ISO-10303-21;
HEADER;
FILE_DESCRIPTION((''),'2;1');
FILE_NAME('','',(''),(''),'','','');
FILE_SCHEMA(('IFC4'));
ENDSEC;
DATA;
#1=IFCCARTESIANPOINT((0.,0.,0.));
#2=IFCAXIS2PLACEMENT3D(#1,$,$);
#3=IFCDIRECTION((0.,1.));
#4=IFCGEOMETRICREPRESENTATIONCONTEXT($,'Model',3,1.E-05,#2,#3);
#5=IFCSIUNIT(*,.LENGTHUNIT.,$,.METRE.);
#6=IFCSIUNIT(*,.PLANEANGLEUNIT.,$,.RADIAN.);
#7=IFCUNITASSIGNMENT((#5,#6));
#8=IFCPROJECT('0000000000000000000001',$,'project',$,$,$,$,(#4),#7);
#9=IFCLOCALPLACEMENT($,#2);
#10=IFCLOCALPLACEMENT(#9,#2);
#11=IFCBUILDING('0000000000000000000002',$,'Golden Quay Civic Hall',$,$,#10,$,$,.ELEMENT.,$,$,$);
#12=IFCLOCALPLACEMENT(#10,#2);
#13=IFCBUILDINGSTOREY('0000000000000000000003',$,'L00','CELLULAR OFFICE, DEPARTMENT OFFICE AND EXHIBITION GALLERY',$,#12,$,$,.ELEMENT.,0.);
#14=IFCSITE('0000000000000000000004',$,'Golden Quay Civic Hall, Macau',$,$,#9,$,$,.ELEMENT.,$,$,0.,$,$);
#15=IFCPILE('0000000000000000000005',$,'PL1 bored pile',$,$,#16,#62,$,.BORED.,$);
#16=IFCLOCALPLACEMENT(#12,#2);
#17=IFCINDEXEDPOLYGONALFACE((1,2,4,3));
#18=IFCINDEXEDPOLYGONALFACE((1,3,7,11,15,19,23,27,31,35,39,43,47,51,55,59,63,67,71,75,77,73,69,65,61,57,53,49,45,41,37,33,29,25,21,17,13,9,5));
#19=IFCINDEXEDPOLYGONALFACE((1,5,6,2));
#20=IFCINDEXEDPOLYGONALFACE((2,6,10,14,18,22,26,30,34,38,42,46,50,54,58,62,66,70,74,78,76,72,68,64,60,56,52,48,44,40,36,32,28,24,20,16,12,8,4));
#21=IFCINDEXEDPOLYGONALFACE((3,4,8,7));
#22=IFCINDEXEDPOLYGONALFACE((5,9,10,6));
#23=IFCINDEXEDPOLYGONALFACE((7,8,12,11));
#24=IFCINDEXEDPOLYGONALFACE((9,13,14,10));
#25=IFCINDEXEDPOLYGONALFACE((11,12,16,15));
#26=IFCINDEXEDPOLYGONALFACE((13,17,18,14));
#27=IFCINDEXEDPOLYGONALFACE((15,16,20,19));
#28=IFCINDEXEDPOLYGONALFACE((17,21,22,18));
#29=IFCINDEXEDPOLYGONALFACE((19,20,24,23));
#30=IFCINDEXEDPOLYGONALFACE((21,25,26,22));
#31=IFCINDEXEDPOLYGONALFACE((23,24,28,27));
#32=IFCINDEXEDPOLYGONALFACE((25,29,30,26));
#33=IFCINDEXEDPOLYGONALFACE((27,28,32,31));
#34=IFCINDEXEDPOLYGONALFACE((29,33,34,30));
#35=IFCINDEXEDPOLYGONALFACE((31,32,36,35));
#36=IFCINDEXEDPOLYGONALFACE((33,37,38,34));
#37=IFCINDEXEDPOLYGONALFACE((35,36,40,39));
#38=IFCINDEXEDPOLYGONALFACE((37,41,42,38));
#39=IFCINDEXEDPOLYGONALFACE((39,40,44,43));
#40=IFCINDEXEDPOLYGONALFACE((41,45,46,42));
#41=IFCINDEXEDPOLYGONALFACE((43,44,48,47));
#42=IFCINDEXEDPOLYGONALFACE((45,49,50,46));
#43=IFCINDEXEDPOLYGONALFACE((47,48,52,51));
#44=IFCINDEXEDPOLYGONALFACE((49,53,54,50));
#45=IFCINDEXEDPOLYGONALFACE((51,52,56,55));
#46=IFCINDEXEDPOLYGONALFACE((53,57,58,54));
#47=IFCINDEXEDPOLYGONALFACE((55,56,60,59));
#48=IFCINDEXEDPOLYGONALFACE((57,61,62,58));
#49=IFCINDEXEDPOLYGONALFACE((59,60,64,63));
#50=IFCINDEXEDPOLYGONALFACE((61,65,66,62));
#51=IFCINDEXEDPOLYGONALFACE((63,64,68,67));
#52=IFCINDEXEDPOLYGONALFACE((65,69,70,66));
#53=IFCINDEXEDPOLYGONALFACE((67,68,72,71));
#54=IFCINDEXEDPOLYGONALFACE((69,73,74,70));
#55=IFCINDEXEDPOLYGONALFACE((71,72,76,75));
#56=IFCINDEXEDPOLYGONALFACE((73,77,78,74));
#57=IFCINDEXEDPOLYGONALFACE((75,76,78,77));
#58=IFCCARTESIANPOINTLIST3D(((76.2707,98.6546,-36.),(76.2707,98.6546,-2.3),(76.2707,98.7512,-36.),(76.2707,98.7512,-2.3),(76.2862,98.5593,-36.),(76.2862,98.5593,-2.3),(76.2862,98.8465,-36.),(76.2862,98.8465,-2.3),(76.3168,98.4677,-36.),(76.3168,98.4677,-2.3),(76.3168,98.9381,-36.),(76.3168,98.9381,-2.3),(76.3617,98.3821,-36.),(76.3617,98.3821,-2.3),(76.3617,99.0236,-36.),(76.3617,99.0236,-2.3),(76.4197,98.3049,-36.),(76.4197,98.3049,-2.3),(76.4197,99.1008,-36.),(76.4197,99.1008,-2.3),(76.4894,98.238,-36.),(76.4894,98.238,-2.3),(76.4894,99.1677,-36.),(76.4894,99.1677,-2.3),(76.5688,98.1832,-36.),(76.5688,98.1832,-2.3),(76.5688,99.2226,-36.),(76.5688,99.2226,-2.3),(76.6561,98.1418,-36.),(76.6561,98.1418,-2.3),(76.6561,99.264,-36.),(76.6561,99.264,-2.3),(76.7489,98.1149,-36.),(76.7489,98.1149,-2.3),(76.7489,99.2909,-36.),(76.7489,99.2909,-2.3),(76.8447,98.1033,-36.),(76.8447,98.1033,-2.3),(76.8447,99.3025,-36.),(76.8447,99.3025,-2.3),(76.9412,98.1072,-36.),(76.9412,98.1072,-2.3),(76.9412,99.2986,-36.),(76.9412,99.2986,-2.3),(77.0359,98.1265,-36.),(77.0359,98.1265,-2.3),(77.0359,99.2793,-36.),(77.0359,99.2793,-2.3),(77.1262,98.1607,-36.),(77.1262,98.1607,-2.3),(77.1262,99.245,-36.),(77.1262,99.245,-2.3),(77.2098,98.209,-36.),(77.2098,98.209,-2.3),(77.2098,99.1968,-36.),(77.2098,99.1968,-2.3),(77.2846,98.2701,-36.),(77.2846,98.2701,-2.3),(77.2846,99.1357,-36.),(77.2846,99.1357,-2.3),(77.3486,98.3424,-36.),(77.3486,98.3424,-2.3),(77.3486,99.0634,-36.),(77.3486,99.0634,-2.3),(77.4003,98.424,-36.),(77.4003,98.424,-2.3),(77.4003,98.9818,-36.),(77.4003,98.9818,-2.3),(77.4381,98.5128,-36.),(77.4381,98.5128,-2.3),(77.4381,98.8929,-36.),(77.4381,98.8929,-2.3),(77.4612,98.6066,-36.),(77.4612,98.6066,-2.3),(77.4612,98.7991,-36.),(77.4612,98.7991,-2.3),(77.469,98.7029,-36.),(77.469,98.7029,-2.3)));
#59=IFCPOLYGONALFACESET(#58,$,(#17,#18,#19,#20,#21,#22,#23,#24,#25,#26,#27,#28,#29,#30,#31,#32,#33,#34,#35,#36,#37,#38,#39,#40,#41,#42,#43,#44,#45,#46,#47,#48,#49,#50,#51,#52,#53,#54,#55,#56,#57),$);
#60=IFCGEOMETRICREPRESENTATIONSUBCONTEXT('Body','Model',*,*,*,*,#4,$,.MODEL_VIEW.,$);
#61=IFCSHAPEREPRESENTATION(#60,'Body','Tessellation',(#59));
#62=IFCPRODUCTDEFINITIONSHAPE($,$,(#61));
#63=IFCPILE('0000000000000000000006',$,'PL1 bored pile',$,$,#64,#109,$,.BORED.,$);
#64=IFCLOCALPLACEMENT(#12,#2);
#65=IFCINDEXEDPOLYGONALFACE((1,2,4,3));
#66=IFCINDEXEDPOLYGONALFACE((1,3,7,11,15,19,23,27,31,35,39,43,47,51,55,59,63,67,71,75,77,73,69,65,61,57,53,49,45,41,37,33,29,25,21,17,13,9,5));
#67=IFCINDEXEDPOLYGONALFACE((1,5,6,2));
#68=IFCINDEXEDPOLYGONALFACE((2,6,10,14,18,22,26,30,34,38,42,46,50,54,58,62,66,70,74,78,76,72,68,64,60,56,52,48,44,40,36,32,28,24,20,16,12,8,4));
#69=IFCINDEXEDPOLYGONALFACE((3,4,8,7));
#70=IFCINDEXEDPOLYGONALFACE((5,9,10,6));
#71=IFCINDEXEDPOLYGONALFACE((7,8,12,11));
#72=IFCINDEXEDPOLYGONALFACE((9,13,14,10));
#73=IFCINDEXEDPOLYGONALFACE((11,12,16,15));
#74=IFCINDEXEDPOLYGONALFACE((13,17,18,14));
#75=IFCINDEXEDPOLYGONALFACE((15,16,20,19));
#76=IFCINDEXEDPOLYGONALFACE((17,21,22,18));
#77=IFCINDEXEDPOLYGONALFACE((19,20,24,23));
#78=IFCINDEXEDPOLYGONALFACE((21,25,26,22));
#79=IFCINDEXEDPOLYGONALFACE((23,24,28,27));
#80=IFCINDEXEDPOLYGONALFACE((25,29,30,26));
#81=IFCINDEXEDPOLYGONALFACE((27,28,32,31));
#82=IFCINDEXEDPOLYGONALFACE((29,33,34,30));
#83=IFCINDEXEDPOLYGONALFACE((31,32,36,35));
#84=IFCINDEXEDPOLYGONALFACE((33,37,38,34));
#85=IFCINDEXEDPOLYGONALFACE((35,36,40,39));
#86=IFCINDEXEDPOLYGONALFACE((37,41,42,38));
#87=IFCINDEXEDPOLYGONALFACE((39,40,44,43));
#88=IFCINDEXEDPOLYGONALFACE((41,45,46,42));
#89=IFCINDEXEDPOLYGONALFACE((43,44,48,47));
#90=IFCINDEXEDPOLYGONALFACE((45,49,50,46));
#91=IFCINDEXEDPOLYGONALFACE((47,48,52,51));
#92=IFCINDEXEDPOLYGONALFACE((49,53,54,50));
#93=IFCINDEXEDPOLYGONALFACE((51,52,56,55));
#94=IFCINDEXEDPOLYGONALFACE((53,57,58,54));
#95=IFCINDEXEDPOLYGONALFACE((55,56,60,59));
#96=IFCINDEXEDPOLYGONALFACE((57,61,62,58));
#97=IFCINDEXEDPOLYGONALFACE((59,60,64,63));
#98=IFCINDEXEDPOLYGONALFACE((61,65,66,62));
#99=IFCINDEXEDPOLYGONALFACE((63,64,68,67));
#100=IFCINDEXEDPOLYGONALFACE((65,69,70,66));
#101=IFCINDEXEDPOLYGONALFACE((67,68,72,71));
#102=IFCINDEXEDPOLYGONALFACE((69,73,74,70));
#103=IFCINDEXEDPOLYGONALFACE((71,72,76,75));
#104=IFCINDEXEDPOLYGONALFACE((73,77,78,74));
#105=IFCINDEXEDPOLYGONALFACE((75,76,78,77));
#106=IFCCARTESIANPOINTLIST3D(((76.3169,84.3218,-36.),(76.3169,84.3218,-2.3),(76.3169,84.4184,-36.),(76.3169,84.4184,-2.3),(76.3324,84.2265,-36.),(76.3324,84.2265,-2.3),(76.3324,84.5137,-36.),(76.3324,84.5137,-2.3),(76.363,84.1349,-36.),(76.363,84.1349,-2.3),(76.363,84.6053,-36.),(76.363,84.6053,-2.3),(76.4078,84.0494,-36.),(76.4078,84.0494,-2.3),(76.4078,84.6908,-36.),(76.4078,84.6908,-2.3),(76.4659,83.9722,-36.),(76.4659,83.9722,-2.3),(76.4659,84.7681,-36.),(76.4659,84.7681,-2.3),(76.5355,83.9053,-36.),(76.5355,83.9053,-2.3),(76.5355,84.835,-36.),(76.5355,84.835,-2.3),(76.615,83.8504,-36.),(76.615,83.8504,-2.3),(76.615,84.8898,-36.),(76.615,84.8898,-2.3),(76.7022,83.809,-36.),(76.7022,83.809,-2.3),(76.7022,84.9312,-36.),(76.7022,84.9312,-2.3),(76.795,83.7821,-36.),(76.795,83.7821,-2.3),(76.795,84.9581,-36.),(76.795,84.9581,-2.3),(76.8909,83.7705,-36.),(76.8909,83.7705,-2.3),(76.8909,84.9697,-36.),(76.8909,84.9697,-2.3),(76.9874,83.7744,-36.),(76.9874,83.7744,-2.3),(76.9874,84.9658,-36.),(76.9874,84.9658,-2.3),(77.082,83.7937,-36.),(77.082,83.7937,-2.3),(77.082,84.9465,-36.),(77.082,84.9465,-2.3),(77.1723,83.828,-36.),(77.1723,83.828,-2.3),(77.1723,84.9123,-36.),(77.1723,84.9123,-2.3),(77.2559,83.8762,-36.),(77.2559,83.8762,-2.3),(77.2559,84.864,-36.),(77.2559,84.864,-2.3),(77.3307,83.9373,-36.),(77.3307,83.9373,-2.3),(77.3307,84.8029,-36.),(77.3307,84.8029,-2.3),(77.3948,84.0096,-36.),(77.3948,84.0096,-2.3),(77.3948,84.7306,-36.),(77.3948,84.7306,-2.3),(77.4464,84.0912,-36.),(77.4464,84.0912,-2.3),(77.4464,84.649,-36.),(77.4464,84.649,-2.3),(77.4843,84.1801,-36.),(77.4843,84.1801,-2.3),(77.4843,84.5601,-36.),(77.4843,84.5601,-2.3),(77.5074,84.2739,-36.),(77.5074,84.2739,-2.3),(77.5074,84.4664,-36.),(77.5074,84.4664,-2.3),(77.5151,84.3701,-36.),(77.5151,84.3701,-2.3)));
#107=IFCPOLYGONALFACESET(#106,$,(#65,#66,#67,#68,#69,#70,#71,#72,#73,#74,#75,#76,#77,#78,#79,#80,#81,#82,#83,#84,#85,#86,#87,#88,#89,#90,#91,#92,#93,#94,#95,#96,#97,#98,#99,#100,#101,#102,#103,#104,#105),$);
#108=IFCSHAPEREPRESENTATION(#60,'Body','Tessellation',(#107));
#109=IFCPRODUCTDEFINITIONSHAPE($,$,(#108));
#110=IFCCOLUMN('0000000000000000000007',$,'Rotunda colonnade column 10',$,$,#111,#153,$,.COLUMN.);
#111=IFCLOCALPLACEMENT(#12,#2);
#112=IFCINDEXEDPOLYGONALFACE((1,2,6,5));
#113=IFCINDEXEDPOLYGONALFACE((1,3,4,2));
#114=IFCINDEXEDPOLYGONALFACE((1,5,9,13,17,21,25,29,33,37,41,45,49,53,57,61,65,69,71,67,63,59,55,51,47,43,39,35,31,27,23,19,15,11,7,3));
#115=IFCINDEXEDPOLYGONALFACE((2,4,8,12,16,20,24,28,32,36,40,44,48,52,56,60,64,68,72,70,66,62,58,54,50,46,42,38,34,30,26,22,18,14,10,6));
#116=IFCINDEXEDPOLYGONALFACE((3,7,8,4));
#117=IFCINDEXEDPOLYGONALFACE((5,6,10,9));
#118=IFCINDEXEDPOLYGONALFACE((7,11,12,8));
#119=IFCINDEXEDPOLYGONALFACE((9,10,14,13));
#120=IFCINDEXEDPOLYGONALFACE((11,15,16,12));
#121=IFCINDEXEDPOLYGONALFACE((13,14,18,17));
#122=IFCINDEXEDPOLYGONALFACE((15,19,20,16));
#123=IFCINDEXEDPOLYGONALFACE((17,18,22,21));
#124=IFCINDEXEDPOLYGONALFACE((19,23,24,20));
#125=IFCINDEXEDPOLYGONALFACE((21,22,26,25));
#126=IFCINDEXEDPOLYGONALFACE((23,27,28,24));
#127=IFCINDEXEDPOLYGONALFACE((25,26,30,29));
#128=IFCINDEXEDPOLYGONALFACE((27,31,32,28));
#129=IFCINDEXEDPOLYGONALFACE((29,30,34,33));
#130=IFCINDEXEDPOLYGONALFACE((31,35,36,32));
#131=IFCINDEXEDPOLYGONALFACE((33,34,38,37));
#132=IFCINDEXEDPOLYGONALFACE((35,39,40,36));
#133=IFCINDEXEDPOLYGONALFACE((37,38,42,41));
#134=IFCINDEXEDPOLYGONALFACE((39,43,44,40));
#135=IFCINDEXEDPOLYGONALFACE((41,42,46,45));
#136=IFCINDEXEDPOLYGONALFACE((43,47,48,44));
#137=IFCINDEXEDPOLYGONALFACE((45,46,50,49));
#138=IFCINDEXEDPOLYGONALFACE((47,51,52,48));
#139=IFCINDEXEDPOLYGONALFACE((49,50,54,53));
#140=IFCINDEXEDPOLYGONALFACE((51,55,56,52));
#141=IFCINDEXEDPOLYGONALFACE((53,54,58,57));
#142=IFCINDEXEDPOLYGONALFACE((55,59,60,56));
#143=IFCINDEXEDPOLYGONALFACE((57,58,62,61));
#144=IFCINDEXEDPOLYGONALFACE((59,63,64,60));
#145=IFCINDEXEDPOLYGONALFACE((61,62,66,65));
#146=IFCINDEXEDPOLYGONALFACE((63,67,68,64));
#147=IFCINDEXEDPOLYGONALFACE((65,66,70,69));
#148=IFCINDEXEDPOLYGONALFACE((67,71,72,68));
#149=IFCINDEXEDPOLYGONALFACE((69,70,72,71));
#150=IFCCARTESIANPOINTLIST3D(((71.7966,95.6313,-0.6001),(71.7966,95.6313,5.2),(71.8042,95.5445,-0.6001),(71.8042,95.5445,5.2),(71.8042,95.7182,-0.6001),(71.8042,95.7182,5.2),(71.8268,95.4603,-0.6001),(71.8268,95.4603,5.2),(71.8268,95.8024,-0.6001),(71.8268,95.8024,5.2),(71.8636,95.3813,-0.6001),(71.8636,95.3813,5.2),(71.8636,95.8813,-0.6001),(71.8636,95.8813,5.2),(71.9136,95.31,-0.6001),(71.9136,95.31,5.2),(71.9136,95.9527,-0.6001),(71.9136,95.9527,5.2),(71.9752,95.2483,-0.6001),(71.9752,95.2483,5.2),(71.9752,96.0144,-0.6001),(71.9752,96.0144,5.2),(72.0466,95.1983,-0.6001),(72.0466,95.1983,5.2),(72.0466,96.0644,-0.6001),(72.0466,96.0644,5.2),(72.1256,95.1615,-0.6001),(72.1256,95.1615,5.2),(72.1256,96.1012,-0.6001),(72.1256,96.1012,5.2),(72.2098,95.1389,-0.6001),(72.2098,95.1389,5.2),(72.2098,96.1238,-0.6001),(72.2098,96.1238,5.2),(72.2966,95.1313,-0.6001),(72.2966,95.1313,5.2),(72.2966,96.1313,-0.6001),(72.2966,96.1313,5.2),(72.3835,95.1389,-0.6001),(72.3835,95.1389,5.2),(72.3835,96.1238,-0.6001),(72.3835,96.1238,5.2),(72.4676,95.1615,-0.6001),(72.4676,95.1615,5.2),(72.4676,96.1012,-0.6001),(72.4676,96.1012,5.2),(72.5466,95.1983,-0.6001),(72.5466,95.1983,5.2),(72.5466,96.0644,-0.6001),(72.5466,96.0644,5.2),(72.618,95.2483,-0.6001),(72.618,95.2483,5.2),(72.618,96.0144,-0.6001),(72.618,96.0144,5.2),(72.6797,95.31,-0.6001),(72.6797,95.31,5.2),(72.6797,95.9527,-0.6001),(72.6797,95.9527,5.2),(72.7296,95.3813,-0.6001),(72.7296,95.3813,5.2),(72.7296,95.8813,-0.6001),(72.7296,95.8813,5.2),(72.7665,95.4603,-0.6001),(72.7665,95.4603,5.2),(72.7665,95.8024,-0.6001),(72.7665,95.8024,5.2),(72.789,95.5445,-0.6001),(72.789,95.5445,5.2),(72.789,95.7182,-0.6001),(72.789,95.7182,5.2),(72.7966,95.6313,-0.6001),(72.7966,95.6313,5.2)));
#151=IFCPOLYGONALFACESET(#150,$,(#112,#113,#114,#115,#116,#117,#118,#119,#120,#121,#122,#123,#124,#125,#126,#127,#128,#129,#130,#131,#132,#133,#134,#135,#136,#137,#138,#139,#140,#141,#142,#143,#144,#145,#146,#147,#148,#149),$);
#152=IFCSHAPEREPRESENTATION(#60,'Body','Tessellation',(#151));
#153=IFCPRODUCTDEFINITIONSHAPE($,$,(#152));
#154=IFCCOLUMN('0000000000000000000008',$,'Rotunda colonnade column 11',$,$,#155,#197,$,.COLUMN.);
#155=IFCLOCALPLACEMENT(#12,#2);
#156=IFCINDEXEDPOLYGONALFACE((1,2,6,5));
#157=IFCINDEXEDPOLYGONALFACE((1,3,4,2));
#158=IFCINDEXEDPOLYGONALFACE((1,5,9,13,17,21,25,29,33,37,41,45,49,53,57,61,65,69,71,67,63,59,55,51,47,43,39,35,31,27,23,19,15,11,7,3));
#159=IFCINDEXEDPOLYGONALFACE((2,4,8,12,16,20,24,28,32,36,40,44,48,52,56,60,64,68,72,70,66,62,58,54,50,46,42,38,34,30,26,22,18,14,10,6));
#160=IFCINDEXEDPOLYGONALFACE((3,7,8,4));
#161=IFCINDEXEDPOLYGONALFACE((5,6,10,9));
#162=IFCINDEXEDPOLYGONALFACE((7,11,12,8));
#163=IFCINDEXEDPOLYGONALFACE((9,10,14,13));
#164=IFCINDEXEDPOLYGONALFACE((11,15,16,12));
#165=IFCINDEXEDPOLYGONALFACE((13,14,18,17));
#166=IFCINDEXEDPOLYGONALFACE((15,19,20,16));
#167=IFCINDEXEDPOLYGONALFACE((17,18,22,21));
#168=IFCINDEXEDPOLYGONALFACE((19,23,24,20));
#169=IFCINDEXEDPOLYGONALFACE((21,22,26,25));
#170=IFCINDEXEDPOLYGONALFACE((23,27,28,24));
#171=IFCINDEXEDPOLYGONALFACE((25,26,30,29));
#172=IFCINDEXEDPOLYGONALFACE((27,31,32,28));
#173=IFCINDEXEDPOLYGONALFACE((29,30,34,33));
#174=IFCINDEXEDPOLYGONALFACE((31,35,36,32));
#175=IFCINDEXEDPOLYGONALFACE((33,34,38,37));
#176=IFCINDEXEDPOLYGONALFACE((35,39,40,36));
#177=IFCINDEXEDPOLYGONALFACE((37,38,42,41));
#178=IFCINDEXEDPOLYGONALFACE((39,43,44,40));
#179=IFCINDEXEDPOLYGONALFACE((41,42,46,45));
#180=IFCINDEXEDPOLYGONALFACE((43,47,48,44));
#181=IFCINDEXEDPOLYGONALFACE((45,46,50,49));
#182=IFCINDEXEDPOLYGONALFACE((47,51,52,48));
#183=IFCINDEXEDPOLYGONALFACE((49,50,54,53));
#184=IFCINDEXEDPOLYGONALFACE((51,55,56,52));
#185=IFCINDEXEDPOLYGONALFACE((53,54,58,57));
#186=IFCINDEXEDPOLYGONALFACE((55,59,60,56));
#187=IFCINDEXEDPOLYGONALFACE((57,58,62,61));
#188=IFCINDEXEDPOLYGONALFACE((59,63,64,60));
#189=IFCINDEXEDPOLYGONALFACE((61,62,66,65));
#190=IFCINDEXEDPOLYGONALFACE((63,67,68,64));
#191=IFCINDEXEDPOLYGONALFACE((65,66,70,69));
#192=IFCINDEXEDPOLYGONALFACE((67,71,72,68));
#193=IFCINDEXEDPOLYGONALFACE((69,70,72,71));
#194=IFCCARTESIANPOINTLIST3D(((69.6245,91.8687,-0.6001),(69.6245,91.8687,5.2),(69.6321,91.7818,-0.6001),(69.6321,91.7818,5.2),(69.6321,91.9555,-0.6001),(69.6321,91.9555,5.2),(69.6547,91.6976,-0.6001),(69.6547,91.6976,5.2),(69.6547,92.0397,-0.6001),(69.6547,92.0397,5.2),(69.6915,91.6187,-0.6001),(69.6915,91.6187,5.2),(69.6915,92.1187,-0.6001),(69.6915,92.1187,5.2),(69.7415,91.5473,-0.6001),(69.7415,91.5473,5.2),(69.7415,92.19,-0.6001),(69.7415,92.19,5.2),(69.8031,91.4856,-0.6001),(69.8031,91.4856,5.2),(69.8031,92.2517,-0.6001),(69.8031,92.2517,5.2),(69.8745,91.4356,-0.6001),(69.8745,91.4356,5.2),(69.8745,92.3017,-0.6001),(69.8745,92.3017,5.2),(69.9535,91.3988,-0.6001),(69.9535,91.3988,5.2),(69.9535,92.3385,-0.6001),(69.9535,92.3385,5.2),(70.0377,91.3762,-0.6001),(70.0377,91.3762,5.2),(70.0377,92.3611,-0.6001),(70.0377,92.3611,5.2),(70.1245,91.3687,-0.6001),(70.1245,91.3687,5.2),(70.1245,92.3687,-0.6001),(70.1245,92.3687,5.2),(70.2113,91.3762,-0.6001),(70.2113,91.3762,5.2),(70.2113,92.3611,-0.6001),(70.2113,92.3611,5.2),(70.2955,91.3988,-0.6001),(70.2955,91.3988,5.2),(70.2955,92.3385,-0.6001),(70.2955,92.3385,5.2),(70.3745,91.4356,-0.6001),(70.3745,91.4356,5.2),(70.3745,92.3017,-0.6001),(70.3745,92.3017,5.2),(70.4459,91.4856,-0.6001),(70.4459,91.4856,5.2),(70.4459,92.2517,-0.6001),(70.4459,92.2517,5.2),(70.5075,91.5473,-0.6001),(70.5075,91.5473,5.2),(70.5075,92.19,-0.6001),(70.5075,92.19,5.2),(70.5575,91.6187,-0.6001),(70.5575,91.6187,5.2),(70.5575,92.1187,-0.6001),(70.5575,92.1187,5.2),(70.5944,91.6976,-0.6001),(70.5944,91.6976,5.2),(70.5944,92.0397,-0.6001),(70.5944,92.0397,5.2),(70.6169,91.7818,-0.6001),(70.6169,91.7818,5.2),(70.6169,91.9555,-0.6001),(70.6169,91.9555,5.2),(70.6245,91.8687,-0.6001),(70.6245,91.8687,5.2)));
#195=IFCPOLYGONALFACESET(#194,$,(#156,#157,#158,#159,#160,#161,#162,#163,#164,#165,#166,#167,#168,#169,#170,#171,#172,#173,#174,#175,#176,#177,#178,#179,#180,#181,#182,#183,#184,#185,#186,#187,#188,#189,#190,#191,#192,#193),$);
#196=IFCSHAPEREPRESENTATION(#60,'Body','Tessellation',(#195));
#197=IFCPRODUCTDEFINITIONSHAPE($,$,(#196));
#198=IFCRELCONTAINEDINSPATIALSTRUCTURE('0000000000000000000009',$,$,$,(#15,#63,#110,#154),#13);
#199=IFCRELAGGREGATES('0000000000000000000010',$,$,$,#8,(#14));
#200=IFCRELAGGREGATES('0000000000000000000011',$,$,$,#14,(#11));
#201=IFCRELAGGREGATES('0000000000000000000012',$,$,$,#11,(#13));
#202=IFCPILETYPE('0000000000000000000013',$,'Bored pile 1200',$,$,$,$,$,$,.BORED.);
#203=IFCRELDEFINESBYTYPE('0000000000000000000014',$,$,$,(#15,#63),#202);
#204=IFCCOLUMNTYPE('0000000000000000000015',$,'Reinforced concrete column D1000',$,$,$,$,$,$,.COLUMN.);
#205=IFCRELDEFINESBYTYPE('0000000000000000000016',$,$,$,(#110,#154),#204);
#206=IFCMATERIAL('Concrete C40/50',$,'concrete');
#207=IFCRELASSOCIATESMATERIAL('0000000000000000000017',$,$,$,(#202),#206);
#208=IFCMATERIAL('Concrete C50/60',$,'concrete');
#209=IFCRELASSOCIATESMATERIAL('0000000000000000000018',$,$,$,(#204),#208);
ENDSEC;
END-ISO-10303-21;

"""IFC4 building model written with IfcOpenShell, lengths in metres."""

from ifc_helpers import new_model, si_unit, direction, frame, origin, origin_2d, place, context, subcontext, project, spatial, circle, extrude, material, material_profile, profile_set, type_object, element, save


model = new_model("IFC4")

# Units and contexts
model_context = context("Model", 3, precision=1e-05, world=origin(), true_north=direction((0.0, 1.0)))
body_context = subcontext(model_context, "Body", "Model", "MODEL_VIEW")
ifc_project = project(units=[si_unit("LENGTHUNIT", "METRE"), si_unit("PLANEANGLEUNIT", "RADIAN")], contexts=[model_context])

# Site, building, storey
site_placement = place(None, origin())
site = spatial("IfcSite", under=ifc_project, at=site_placement, Name="Golden Quay Civic Hall, Macau", CompositionType="ELEMENT", RefElevation=0.0)
building_placement = place(site_placement, origin())
building = spatial("IfcBuilding", under=site, at=building_placement, Name="Golden Quay Civic Hall", CompositionType="ELEMENT")
storey_placement = place(building_placement, origin())
storey = spatial("IfcBuildingStorey", under=building, at=storey_placement, Name="L00", Description="CELLULAR OFFICE, DEPARTMENT OFFICE AND EXHIBITION GALLERY", CompositionType="ELEMENT", Elevation=0.0)

# Piles
ifc_material_1 = material(Name="Concrete C40/50", Category="concrete")
ifc_material_profile_1 = material_profile(ifc_material_1, circle(Radius=0.6001, at=origin_2d()), Name="RC D1200")
ifc_profile_set_1 = profile_set([ifc_material_profile_1], Name="Concrete C40/50")
pile_type = type_object("IfcPileType", Name="Bored pile 1200", PredefinedType="BORED", material=ifc_profile_set_1)
for number, where, z_axis, x_axis, name in (
    (1, (76.8689, 98.7029, -2.3), (0.0, 0.0, -1.0), (1.0, 0.0, 0.0), "PL1 bored pile"),
    (2, (76.915, 84.3701, -2.3), (0.0, 0.0, -1.0), (1.0, 0.0, 0.0), "PL1 bored pile"),
):
    element("IfcPile", number, at=place(storey_placement, frame(where, z_axis=z_axis, x_axis=x_axis)), inside=storey, type_object=pile_type, Name=name, PredefinedType="BORED", context=body_context, shape_type="SweptSolid", body=[
        extrude(circle(Radius=0.6001, at=origin_2d()), origin(), (0.0, 0.0, 1.0), 33.7),
    ])

# Columns
ifc_material_2 = material(Name="Concrete C50/60", Category="concrete")
ifc_material_profile_2 = material_profile(ifc_material_2, circle(Radius=0.5, at=origin_2d()), Name="RC D1000")
ifc_profile_set_2 = profile_set([ifc_material_profile_2], Name="Concrete C50/60")
column_type_1 = type_object("IfcColumnType", Name="Reinforced concrete column D1000", PredefinedType="COLUMN", material=ifc_profile_set_2)
for number, where, z_axis, x_axis, name in (
    (3, (72.2966, 95.6313, -0.6001), (0.0, 0.0, 1.0), (1.0, 0.0, 0.0), "Rotunda colonnade column 10"),
    (4, (70.1245, 91.8687, -0.6001), (0.0, 0.0, 1.0), (1.0, 0.0, 0.0), "Rotunda colonnade column 11"),
):
    element("IfcColumn", number, at=place(storey_placement, frame(where, z_axis=z_axis, x_axis=x_axis)), inside=storey, type_object=column_type_1, Name=name, PredefinedType="COLUMN", context=body_context, shape_type="SweptSolid", body=[
        extrude(circle(Radius=0.5, at=origin_2d()), origin(), (0.0, 0.0, 1.0), 5.8),
    ])

save(model, "model.ifc")
